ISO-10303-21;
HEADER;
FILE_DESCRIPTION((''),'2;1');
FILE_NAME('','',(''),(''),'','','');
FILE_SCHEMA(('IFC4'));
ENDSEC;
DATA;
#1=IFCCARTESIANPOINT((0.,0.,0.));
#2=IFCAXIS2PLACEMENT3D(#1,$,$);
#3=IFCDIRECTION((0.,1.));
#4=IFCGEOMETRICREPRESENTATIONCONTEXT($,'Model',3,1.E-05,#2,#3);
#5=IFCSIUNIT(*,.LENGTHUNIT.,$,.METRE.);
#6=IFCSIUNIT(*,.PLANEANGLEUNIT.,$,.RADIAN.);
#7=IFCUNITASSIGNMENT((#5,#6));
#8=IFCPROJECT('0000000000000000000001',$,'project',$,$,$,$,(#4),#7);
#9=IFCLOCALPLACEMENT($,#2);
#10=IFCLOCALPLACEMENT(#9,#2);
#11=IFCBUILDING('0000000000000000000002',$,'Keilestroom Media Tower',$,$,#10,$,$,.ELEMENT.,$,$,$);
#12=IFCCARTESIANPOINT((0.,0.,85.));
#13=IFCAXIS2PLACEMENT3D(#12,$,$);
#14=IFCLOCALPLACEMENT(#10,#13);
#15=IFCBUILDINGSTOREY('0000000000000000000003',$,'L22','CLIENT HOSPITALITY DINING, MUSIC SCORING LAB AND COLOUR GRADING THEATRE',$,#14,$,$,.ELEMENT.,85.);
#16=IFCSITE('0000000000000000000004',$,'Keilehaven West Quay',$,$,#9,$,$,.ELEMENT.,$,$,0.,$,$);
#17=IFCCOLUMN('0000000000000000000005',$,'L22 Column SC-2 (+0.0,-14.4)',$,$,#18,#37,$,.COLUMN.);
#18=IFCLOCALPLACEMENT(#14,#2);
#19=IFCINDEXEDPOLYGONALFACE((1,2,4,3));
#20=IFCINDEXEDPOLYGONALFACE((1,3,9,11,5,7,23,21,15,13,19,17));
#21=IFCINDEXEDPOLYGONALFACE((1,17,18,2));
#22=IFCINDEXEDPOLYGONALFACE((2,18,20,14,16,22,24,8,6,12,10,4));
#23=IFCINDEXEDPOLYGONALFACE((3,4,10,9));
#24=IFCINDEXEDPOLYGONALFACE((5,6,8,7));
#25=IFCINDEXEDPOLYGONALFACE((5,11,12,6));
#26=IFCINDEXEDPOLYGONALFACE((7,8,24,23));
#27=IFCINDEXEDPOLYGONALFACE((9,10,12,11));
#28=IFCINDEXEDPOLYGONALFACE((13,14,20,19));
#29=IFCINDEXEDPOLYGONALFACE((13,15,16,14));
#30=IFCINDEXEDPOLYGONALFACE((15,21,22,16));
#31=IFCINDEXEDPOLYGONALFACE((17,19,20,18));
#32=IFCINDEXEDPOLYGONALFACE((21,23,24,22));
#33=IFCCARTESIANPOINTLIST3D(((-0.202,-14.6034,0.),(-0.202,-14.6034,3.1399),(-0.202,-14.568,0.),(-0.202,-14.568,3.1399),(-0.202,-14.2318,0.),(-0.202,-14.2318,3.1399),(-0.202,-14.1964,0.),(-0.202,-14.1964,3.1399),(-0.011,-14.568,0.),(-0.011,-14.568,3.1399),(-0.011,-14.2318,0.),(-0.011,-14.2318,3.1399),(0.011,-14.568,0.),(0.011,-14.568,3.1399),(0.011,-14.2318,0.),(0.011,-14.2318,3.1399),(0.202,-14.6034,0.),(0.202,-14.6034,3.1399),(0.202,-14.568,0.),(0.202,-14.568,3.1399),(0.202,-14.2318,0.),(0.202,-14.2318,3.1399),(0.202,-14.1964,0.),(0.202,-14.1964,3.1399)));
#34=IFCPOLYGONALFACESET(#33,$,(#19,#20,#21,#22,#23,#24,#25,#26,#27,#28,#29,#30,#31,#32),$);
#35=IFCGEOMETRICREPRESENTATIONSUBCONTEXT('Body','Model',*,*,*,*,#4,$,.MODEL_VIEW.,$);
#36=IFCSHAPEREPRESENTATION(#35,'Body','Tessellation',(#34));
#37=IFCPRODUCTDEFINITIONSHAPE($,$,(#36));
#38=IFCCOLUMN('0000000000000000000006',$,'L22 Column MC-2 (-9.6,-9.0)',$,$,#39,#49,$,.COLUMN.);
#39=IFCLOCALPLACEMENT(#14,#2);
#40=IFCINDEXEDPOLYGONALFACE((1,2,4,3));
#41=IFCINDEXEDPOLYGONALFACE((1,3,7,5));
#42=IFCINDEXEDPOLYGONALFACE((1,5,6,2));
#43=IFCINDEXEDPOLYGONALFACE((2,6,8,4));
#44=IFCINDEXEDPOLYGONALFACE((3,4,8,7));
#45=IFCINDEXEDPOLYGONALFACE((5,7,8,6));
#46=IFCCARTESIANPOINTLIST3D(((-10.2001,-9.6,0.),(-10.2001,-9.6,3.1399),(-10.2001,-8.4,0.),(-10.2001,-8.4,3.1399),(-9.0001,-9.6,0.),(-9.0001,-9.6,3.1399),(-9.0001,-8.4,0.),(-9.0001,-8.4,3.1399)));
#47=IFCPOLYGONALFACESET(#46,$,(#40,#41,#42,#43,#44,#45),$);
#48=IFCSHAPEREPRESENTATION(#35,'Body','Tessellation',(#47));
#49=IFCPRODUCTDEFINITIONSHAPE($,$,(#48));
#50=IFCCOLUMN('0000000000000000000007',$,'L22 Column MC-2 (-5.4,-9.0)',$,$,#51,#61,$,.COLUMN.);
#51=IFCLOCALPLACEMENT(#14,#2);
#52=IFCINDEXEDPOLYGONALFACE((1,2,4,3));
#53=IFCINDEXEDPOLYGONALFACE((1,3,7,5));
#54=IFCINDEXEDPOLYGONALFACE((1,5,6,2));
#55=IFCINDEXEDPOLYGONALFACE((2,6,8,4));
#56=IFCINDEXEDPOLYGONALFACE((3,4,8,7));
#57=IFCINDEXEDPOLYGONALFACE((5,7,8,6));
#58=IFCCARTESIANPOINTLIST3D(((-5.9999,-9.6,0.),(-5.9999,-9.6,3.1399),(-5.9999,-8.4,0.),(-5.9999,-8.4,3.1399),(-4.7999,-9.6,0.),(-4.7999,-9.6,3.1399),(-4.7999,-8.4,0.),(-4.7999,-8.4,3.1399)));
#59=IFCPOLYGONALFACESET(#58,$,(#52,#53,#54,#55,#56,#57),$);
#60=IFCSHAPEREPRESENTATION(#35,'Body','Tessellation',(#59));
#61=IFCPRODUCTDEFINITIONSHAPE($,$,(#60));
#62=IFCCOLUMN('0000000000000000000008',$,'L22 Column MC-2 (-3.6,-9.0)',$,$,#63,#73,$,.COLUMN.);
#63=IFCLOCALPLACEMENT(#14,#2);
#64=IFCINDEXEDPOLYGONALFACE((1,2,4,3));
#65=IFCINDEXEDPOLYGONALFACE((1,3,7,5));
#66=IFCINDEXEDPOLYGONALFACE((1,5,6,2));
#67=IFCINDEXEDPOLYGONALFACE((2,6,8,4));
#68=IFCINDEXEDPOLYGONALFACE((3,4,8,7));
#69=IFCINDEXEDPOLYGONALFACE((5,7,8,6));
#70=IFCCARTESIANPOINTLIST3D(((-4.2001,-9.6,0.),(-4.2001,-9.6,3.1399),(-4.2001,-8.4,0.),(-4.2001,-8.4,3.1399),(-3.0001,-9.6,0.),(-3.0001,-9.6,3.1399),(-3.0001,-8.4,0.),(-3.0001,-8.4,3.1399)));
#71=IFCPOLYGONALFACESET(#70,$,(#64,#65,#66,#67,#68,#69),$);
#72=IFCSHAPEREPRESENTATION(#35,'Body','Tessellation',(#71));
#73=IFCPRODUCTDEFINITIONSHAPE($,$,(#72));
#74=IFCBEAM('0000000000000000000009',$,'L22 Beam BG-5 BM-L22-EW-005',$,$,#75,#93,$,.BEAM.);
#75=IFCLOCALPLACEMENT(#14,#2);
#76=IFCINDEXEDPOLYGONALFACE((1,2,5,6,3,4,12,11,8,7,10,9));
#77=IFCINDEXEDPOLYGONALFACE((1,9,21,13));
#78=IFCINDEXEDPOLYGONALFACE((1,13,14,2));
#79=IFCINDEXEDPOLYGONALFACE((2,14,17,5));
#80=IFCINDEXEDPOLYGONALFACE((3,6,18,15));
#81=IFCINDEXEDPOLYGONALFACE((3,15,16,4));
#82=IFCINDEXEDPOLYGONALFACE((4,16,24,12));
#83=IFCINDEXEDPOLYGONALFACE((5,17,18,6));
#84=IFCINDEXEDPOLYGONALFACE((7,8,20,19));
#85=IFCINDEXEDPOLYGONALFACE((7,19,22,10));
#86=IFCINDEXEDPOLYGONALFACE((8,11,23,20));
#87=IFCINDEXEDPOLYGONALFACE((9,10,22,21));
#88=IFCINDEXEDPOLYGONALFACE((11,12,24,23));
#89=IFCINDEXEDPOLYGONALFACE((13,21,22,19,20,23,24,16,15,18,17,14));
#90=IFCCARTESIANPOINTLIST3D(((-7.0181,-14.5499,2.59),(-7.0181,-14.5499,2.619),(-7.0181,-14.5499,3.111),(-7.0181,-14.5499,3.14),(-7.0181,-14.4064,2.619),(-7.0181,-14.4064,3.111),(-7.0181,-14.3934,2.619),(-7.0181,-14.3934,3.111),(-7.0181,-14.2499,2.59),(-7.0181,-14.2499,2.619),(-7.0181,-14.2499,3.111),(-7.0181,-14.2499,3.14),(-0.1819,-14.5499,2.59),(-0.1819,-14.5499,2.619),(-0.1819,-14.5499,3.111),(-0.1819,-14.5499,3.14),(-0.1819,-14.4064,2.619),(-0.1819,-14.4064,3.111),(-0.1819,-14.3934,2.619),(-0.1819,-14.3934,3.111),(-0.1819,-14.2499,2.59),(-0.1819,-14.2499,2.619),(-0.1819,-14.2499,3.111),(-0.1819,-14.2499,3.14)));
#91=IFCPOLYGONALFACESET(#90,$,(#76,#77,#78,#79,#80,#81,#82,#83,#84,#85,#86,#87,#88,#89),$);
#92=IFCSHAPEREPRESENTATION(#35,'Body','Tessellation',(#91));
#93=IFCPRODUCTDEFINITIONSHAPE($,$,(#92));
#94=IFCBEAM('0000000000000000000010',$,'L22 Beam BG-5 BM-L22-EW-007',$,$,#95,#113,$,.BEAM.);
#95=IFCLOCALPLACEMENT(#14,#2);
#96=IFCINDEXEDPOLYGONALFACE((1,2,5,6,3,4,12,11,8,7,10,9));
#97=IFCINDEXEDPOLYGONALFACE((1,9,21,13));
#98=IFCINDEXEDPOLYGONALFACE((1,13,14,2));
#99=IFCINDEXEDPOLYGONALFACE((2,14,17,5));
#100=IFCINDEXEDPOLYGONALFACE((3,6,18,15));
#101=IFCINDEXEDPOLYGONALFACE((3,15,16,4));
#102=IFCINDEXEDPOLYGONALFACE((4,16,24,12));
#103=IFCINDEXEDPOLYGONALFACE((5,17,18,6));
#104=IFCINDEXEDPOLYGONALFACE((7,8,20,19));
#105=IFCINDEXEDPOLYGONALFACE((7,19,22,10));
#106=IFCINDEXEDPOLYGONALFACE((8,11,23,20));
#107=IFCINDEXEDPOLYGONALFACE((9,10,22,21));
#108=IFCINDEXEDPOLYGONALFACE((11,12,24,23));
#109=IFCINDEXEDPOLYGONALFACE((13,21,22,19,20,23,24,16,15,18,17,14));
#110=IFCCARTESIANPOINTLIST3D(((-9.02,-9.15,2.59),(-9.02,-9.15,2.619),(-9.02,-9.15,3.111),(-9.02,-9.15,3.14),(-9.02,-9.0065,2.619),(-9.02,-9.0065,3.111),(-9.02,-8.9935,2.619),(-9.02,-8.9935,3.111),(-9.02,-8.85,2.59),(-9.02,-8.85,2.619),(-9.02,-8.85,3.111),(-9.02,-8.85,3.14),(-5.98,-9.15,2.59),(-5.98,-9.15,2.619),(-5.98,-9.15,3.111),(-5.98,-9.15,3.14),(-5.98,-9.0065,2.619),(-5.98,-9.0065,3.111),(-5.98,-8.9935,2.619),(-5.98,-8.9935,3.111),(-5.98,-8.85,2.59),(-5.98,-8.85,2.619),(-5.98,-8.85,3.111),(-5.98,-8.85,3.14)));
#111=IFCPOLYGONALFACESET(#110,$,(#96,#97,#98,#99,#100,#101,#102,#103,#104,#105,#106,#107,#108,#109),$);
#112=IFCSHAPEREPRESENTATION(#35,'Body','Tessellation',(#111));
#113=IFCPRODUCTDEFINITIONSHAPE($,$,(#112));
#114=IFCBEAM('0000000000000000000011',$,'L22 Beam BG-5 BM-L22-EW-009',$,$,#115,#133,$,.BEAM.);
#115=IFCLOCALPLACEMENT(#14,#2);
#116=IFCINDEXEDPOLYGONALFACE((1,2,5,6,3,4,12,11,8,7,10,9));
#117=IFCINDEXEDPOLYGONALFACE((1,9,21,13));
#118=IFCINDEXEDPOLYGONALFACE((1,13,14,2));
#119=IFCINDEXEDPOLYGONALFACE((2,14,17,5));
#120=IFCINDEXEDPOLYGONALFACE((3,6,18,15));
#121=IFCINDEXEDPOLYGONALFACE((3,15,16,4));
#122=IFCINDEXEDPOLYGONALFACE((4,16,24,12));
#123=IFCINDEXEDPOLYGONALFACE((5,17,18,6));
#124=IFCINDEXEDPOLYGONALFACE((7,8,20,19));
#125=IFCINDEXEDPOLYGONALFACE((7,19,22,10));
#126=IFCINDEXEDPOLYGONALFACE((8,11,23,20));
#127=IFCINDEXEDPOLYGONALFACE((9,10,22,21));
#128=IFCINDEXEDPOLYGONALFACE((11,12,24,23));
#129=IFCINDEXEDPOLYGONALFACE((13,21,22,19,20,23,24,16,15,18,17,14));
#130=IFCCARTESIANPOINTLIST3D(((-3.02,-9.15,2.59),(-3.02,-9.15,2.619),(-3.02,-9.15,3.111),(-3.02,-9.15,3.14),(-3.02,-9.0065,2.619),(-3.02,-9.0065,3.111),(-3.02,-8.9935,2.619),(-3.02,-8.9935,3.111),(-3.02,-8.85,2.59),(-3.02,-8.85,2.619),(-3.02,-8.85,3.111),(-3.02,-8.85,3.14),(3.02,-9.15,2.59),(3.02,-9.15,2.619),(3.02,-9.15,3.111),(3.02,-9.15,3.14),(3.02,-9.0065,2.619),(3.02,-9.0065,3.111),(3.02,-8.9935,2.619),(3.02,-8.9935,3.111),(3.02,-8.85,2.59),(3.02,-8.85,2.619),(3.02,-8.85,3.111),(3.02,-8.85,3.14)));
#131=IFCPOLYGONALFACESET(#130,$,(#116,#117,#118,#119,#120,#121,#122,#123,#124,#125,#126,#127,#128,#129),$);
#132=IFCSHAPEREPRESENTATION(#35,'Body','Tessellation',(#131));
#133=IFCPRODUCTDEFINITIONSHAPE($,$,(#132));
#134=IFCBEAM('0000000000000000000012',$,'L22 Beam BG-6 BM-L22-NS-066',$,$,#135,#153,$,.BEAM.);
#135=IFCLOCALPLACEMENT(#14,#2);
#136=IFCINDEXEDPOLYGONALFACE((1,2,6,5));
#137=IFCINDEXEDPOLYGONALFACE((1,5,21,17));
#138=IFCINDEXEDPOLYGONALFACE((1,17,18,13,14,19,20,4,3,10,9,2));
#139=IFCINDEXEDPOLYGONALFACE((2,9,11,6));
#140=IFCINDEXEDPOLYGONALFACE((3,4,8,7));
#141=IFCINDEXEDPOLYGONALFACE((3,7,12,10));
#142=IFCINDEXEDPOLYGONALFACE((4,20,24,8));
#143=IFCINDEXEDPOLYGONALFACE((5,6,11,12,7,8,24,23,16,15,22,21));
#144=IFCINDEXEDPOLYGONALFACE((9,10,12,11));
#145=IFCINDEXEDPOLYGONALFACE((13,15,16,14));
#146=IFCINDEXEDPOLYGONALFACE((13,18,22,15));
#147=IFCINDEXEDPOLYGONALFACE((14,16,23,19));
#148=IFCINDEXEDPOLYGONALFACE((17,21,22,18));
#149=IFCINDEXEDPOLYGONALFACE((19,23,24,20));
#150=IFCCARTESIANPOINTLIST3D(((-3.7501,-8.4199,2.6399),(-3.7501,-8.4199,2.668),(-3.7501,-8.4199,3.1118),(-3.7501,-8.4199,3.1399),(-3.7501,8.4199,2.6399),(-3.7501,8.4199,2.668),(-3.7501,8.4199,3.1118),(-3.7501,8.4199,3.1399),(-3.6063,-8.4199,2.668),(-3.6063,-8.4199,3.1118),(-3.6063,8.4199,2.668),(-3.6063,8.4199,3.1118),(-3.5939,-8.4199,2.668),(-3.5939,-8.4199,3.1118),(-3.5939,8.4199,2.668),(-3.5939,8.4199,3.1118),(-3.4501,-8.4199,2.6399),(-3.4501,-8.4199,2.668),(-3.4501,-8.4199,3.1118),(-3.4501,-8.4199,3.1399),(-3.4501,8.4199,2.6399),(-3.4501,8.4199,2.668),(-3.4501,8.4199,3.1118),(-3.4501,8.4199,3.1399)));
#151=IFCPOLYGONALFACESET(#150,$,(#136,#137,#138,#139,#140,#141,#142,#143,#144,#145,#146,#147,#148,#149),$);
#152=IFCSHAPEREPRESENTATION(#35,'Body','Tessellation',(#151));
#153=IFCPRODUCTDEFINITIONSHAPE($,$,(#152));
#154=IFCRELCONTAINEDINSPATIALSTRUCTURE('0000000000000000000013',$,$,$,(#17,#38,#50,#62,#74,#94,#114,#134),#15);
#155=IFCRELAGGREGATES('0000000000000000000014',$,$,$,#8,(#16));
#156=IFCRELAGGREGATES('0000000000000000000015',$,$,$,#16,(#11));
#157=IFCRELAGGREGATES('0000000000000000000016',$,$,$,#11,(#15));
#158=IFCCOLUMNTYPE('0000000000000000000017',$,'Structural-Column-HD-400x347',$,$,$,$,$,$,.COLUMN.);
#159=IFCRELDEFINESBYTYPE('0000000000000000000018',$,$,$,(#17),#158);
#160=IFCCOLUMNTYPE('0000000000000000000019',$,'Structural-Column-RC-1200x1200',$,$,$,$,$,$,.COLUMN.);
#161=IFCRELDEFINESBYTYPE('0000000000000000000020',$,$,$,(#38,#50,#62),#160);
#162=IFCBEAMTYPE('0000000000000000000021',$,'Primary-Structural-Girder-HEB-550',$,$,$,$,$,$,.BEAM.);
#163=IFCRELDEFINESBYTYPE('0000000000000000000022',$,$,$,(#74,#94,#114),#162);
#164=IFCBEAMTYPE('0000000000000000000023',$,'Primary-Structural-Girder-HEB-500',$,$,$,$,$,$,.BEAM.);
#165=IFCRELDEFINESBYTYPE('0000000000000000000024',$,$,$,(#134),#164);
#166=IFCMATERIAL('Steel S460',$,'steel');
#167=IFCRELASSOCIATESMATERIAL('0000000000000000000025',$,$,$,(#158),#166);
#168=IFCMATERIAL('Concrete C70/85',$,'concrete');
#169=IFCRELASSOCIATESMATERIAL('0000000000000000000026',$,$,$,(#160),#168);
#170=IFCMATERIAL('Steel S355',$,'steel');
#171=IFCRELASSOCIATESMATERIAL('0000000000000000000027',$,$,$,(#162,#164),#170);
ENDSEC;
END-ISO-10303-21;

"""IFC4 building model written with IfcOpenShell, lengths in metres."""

from ifc_helpers import new_model, si_unit, direction, frame, origin, origin_2d, place, context, subcontext, project, spatial, rectangle, i_section, extrude, source, transform, mapped, material, material_profile, profile_set, type_object, element, save


model = new_model("IFC4")

# Units and contexts
model_context = context("Model", 3, precision=1e-05, world=origin(), true_north=direction((0.0, 1.0)))
body_context = subcontext(model_context, "Body", "Model", "MODEL_VIEW")
ifc_project = project(units=[si_unit("LENGTHUNIT", "METRE"), si_unit("PLANEANGLEUNIT", "RADIAN")], contexts=[model_context])

# Site, building, storey
site_placement = place(None, origin())
site = spatial("IfcSite", under=ifc_project, at=site_placement, Name="Keilehaven West Quay", CompositionType="ELEMENT", RefElevation=0.0)
building_placement = place(site_placement, origin())
building = spatial("IfcBuilding", under=site, at=building_placement, Name="Keilestroom Media Tower", CompositionType="ELEMENT")
storey_placement = place(building_placement, frame((0.0, 0.0, 85.0)))
storey = spatial("IfcBuildingStorey", under=building, at=storey_placement, Name="L22", Description="CLIENT HOSPITALITY DINING, MUSIC SCORING LAB AND COLOUR GRADING THEATRE", CompositionType="ELEMENT", Elevation=85.0)

# Columns
ifc_material_1 = material(Name="Steel S460", Category="steel")
ifc_material_profile_1 = material_profile(ifc_material_1, i_section(OverallWidth=0.4041, OverallDepth=0.407, WebThickness=0.022, FlangeThickness=0.0354, at=origin_2d()), Name="HD 400x347")
ifc_profile_set_1 = profile_set([ifc_material_profile_1], Name="Steel S460")
column_type_1 = type_object("IfcColumnType", Name="Structural-Column-HD-400x347", PredefinedType="COLUMN", material=ifc_profile_set_1)
shared_shape_1 = source(origin(), body_context, "Body", "SweptSolid", [
    extrude(i_section(OverallWidth=0.4041, OverallDepth=0.407, WebThickness=0.022, FlangeThickness=0.0354, at=origin_2d()), origin(), (0.0, 0.0, 1.0), 3.1399),
])
column_placement = place(storey_placement, frame((0.0, -14.3999, 0.0), z_axis=(0.0, 0.0, 1.0), x_axis=(1.0, 0.0, 0.0)))
element("IfcColumn", 1, at=column_placement, inside=storey, type_object=column_type_1, Name="L22 Column SC-2 (+0.0,-14.4)", PredefinedType="COLUMN", context=body_context, shape_type="MappedRepresentation", body=[
    mapped(shared_shape_1, transform((0.0, 0.0, 0.0), x_axis=(1.0, 0.0, 0.0), y_axis=(0.0, 1.0, 0.0), z_axis=(0.0, 0.0, 1.0), scale=1.0)),
])
ifc_material_2 = material(Name="Concrete C70/85", Category="concrete")
ifc_material_profile_2 = material_profile(ifc_material_2, rectangle(XDim=1.2, YDim=1.2, at=origin_2d()), Name="RC 1200x1200")
ifc_profile_set_2 = profile_set([ifc_material_profile_2], Name="Concrete C70/85")
column_type_2 = type_object("IfcColumnType", Name="Structural-Column-RC-1200x1200", PredefinedType="COLUMN", material=ifc_profile_set_2)
shared_shape_2 = source(origin(), body_context, "Body", "SweptSolid", [
    extrude(rectangle(XDim=1.2, YDim=1.2, at=origin_2d()), origin(), (0.0, 0.0, 1.0), 3.1399),
])
for number, where, z_axis, x_axis, name in (
    (2, (-9.6001, -9.0, 0.0), (0.0, 0.0, 1.0), (1.0, 0.0, 0.0), "L22 Column MC-2 (-9.6,-9.0)"),
    (3, (-5.3999, -9.0, 0.0), (0.0, 0.0, 1.0), (1.0, 0.0, 0.0), "L22 Column MC-2 (-5.4,-9.0)"),
    (4, (-3.6001, -9.0, 0.0), (0.0, 0.0, 1.0), (1.0, 0.0, 0.0), "L22 Column MC-2 (-3.6,-9.0)"),
):
    element("IfcColumn", number, at=place(storey_placement, frame(where, z_axis=z_axis, x_axis=x_axis)), inside=storey, type_object=column_type_2, Name=name, PredefinedType="COLUMN", context=body_context, shape_type="MappedRepresentation", body=[
        mapped(shared_shape_2, transform((0.0, 0.0, 0.0), x_axis=(1.0, 0.0, 0.0), y_axis=(0.0, 1.0, 0.0), z_axis=(0.0, 0.0, 1.0), scale=1.0)),
    ])

# Beams
ifc_material_3 = material(Name="Steel S355", Category="steel")
ifc_material_profile_3 = material_profile(ifc_material_3, i_section(OverallWidth=0.3, OverallDepth=0.55, WebThickness=0.0129, FlangeThickness=0.0291, at=origin_2d()), Name="HEB 550")
ifc_profile_set_3 = profile_set([ifc_material_profile_3], Name="Steel S355")
beam_type_1 = type_object("IfcBeamType", Name="Primary-Structural-Girder-HEB-550", PredefinedType="BEAM", material=ifc_profile_set_3)
shared_shape_3 = source(origin(), body_context, "Body", "SweptSolid", [
    extrude(i_section(OverallWidth=0.3, OverallDepth=0.55, WebThickness=0.0129, FlangeThickness=0.0291, at=origin_2d()), origin(), (0.0, 0.0, 1.0), 6.8362),
])
beam_1_placement = place(storey_placement, frame((-7.0181, -14.3999, 2.865), z_axis=(1.0, 0.0, 0.0), x_axis=(0.0, 1.0, 0.0)))
element("IfcBeam", 5, at=beam_1_placement, inside=storey, type_object=beam_type_1, Name="L22 Beam BG-5 BM-L22-EW-005", PredefinedType="BEAM", context=body_context, shape_type="MappedRepresentation", body=[
    mapped(shared_shape_3, transform((0.0, 0.0, 0.0), x_axis=(1.0, 0.0, 0.0), y_axis=(0.0, 1.0, 0.0), z_axis=(0.0, 0.0, 1.0), scale=1.0)),
])
shared_shape_4 = source(origin(), body_context, "Body", "SweptSolid", [
    extrude(i_section(OverallWidth=0.3, OverallDepth=0.55, WebThickness=0.0129, FlangeThickness=0.0291, at=origin_2d()), origin(), (0.0, 0.0, 1.0), 3.04),
])
beam_2_placement = place(storey_placement, frame((-9.02, -9.0, 2.865), z_axis=(1.0, 0.0, 0.0), x_axis=(0.0, 1.0, 0.0)))
element("IfcBeam", 6, at=beam_2_placement, inside=storey, type_object=beam_type_1, Name="L22 Beam BG-5 BM-L22-EW-007", PredefinedType="BEAM", context=body_context, shape_type="MappedRepresentation", body=[
    mapped(shared_shape_4, transform((0.0, 0.0, 0.0), x_axis=(1.0, 0.0, 0.0), y_axis=(0.0, 1.0, 0.0), z_axis=(0.0, 0.0, 1.0), scale=1.0)),
])
shared_shape_5 = source(origin(), body_context, "Body", "SweptSolid", [
    extrude(i_section(OverallWidth=0.3, OverallDepth=0.55, WebThickness=0.0129, FlangeThickness=0.0291, at=origin_2d()), origin(), (0.0, 0.0, 1.0), 6.04),
])
beam_3_placement = place(storey_placement, frame((-3.02, -9.0, 2.865), z_axis=(1.0, 0.0, 0.0), x_axis=(0.0, 1.0, 0.0)))
element("IfcBeam", 7, at=beam_3_placement, inside=storey, type_object=beam_type_1, Name="L22 Beam BG-5 BM-L22-EW-009", PredefinedType="BEAM", context=body_context, shape_type="MappedRepresentation", body=[
    mapped(shared_shape_5, transform((0.0, 0.0, 0.0), x_axis=(1.0, 0.0, 0.0), y_axis=(0.0, 1.0, 0.0), z_axis=(0.0, 0.0, 1.0), scale=1.0)),
])
ifc_material_profile_4 = material_profile(ifc_material_3, i_section(OverallWidth=0.3, OverallDepth=0.5, WebThickness=0.0125, FlangeThickness=0.0281, at=origin_2d()), Name="HEB 500")
ifc_profile_set_4 = profile_set([ifc_material_profile_4], Name="Steel S355")
beam_type_2 = type_object("IfcBeamType", Name="Primary-Structural-Girder-HEB-500", PredefinedType="BEAM", material=ifc_profile_set_4)
shared_shape_6 = source(origin(), body_context, "Body", "SweptSolid", [
    extrude(i_section(OverallWidth=0.3, OverallDepth=0.5, WebThickness=0.0125, FlangeThickness=0.0281, at=origin_2d()), origin(), (0.0, 0.0, 1.0), 16.8398),
])
beam_4_placement = place(storey_placement, frame((-3.6001, -8.4199, 2.8899), z_axis=(0.0, 1.0, 0.0), x_axis=(-1.0, 0.0, 0.0)))
element("IfcBeam", 8, at=beam_4_placement, inside=storey, type_object=beam_type_2, Name="L22 Beam BG-6 BM-L22-NS-066", PredefinedType="BEAM", context=body_context, shape_type="MappedRepresentation", body=[
    mapped(shared_shape_6, transform((0.0, 0.0, 0.0), x_axis=(1.0, 0.0, 0.0), y_axis=(0.0, 1.0, 0.0), z_axis=(0.0, 0.0, 1.0), scale=1.0)),
])

save(model, "model.ifc")
